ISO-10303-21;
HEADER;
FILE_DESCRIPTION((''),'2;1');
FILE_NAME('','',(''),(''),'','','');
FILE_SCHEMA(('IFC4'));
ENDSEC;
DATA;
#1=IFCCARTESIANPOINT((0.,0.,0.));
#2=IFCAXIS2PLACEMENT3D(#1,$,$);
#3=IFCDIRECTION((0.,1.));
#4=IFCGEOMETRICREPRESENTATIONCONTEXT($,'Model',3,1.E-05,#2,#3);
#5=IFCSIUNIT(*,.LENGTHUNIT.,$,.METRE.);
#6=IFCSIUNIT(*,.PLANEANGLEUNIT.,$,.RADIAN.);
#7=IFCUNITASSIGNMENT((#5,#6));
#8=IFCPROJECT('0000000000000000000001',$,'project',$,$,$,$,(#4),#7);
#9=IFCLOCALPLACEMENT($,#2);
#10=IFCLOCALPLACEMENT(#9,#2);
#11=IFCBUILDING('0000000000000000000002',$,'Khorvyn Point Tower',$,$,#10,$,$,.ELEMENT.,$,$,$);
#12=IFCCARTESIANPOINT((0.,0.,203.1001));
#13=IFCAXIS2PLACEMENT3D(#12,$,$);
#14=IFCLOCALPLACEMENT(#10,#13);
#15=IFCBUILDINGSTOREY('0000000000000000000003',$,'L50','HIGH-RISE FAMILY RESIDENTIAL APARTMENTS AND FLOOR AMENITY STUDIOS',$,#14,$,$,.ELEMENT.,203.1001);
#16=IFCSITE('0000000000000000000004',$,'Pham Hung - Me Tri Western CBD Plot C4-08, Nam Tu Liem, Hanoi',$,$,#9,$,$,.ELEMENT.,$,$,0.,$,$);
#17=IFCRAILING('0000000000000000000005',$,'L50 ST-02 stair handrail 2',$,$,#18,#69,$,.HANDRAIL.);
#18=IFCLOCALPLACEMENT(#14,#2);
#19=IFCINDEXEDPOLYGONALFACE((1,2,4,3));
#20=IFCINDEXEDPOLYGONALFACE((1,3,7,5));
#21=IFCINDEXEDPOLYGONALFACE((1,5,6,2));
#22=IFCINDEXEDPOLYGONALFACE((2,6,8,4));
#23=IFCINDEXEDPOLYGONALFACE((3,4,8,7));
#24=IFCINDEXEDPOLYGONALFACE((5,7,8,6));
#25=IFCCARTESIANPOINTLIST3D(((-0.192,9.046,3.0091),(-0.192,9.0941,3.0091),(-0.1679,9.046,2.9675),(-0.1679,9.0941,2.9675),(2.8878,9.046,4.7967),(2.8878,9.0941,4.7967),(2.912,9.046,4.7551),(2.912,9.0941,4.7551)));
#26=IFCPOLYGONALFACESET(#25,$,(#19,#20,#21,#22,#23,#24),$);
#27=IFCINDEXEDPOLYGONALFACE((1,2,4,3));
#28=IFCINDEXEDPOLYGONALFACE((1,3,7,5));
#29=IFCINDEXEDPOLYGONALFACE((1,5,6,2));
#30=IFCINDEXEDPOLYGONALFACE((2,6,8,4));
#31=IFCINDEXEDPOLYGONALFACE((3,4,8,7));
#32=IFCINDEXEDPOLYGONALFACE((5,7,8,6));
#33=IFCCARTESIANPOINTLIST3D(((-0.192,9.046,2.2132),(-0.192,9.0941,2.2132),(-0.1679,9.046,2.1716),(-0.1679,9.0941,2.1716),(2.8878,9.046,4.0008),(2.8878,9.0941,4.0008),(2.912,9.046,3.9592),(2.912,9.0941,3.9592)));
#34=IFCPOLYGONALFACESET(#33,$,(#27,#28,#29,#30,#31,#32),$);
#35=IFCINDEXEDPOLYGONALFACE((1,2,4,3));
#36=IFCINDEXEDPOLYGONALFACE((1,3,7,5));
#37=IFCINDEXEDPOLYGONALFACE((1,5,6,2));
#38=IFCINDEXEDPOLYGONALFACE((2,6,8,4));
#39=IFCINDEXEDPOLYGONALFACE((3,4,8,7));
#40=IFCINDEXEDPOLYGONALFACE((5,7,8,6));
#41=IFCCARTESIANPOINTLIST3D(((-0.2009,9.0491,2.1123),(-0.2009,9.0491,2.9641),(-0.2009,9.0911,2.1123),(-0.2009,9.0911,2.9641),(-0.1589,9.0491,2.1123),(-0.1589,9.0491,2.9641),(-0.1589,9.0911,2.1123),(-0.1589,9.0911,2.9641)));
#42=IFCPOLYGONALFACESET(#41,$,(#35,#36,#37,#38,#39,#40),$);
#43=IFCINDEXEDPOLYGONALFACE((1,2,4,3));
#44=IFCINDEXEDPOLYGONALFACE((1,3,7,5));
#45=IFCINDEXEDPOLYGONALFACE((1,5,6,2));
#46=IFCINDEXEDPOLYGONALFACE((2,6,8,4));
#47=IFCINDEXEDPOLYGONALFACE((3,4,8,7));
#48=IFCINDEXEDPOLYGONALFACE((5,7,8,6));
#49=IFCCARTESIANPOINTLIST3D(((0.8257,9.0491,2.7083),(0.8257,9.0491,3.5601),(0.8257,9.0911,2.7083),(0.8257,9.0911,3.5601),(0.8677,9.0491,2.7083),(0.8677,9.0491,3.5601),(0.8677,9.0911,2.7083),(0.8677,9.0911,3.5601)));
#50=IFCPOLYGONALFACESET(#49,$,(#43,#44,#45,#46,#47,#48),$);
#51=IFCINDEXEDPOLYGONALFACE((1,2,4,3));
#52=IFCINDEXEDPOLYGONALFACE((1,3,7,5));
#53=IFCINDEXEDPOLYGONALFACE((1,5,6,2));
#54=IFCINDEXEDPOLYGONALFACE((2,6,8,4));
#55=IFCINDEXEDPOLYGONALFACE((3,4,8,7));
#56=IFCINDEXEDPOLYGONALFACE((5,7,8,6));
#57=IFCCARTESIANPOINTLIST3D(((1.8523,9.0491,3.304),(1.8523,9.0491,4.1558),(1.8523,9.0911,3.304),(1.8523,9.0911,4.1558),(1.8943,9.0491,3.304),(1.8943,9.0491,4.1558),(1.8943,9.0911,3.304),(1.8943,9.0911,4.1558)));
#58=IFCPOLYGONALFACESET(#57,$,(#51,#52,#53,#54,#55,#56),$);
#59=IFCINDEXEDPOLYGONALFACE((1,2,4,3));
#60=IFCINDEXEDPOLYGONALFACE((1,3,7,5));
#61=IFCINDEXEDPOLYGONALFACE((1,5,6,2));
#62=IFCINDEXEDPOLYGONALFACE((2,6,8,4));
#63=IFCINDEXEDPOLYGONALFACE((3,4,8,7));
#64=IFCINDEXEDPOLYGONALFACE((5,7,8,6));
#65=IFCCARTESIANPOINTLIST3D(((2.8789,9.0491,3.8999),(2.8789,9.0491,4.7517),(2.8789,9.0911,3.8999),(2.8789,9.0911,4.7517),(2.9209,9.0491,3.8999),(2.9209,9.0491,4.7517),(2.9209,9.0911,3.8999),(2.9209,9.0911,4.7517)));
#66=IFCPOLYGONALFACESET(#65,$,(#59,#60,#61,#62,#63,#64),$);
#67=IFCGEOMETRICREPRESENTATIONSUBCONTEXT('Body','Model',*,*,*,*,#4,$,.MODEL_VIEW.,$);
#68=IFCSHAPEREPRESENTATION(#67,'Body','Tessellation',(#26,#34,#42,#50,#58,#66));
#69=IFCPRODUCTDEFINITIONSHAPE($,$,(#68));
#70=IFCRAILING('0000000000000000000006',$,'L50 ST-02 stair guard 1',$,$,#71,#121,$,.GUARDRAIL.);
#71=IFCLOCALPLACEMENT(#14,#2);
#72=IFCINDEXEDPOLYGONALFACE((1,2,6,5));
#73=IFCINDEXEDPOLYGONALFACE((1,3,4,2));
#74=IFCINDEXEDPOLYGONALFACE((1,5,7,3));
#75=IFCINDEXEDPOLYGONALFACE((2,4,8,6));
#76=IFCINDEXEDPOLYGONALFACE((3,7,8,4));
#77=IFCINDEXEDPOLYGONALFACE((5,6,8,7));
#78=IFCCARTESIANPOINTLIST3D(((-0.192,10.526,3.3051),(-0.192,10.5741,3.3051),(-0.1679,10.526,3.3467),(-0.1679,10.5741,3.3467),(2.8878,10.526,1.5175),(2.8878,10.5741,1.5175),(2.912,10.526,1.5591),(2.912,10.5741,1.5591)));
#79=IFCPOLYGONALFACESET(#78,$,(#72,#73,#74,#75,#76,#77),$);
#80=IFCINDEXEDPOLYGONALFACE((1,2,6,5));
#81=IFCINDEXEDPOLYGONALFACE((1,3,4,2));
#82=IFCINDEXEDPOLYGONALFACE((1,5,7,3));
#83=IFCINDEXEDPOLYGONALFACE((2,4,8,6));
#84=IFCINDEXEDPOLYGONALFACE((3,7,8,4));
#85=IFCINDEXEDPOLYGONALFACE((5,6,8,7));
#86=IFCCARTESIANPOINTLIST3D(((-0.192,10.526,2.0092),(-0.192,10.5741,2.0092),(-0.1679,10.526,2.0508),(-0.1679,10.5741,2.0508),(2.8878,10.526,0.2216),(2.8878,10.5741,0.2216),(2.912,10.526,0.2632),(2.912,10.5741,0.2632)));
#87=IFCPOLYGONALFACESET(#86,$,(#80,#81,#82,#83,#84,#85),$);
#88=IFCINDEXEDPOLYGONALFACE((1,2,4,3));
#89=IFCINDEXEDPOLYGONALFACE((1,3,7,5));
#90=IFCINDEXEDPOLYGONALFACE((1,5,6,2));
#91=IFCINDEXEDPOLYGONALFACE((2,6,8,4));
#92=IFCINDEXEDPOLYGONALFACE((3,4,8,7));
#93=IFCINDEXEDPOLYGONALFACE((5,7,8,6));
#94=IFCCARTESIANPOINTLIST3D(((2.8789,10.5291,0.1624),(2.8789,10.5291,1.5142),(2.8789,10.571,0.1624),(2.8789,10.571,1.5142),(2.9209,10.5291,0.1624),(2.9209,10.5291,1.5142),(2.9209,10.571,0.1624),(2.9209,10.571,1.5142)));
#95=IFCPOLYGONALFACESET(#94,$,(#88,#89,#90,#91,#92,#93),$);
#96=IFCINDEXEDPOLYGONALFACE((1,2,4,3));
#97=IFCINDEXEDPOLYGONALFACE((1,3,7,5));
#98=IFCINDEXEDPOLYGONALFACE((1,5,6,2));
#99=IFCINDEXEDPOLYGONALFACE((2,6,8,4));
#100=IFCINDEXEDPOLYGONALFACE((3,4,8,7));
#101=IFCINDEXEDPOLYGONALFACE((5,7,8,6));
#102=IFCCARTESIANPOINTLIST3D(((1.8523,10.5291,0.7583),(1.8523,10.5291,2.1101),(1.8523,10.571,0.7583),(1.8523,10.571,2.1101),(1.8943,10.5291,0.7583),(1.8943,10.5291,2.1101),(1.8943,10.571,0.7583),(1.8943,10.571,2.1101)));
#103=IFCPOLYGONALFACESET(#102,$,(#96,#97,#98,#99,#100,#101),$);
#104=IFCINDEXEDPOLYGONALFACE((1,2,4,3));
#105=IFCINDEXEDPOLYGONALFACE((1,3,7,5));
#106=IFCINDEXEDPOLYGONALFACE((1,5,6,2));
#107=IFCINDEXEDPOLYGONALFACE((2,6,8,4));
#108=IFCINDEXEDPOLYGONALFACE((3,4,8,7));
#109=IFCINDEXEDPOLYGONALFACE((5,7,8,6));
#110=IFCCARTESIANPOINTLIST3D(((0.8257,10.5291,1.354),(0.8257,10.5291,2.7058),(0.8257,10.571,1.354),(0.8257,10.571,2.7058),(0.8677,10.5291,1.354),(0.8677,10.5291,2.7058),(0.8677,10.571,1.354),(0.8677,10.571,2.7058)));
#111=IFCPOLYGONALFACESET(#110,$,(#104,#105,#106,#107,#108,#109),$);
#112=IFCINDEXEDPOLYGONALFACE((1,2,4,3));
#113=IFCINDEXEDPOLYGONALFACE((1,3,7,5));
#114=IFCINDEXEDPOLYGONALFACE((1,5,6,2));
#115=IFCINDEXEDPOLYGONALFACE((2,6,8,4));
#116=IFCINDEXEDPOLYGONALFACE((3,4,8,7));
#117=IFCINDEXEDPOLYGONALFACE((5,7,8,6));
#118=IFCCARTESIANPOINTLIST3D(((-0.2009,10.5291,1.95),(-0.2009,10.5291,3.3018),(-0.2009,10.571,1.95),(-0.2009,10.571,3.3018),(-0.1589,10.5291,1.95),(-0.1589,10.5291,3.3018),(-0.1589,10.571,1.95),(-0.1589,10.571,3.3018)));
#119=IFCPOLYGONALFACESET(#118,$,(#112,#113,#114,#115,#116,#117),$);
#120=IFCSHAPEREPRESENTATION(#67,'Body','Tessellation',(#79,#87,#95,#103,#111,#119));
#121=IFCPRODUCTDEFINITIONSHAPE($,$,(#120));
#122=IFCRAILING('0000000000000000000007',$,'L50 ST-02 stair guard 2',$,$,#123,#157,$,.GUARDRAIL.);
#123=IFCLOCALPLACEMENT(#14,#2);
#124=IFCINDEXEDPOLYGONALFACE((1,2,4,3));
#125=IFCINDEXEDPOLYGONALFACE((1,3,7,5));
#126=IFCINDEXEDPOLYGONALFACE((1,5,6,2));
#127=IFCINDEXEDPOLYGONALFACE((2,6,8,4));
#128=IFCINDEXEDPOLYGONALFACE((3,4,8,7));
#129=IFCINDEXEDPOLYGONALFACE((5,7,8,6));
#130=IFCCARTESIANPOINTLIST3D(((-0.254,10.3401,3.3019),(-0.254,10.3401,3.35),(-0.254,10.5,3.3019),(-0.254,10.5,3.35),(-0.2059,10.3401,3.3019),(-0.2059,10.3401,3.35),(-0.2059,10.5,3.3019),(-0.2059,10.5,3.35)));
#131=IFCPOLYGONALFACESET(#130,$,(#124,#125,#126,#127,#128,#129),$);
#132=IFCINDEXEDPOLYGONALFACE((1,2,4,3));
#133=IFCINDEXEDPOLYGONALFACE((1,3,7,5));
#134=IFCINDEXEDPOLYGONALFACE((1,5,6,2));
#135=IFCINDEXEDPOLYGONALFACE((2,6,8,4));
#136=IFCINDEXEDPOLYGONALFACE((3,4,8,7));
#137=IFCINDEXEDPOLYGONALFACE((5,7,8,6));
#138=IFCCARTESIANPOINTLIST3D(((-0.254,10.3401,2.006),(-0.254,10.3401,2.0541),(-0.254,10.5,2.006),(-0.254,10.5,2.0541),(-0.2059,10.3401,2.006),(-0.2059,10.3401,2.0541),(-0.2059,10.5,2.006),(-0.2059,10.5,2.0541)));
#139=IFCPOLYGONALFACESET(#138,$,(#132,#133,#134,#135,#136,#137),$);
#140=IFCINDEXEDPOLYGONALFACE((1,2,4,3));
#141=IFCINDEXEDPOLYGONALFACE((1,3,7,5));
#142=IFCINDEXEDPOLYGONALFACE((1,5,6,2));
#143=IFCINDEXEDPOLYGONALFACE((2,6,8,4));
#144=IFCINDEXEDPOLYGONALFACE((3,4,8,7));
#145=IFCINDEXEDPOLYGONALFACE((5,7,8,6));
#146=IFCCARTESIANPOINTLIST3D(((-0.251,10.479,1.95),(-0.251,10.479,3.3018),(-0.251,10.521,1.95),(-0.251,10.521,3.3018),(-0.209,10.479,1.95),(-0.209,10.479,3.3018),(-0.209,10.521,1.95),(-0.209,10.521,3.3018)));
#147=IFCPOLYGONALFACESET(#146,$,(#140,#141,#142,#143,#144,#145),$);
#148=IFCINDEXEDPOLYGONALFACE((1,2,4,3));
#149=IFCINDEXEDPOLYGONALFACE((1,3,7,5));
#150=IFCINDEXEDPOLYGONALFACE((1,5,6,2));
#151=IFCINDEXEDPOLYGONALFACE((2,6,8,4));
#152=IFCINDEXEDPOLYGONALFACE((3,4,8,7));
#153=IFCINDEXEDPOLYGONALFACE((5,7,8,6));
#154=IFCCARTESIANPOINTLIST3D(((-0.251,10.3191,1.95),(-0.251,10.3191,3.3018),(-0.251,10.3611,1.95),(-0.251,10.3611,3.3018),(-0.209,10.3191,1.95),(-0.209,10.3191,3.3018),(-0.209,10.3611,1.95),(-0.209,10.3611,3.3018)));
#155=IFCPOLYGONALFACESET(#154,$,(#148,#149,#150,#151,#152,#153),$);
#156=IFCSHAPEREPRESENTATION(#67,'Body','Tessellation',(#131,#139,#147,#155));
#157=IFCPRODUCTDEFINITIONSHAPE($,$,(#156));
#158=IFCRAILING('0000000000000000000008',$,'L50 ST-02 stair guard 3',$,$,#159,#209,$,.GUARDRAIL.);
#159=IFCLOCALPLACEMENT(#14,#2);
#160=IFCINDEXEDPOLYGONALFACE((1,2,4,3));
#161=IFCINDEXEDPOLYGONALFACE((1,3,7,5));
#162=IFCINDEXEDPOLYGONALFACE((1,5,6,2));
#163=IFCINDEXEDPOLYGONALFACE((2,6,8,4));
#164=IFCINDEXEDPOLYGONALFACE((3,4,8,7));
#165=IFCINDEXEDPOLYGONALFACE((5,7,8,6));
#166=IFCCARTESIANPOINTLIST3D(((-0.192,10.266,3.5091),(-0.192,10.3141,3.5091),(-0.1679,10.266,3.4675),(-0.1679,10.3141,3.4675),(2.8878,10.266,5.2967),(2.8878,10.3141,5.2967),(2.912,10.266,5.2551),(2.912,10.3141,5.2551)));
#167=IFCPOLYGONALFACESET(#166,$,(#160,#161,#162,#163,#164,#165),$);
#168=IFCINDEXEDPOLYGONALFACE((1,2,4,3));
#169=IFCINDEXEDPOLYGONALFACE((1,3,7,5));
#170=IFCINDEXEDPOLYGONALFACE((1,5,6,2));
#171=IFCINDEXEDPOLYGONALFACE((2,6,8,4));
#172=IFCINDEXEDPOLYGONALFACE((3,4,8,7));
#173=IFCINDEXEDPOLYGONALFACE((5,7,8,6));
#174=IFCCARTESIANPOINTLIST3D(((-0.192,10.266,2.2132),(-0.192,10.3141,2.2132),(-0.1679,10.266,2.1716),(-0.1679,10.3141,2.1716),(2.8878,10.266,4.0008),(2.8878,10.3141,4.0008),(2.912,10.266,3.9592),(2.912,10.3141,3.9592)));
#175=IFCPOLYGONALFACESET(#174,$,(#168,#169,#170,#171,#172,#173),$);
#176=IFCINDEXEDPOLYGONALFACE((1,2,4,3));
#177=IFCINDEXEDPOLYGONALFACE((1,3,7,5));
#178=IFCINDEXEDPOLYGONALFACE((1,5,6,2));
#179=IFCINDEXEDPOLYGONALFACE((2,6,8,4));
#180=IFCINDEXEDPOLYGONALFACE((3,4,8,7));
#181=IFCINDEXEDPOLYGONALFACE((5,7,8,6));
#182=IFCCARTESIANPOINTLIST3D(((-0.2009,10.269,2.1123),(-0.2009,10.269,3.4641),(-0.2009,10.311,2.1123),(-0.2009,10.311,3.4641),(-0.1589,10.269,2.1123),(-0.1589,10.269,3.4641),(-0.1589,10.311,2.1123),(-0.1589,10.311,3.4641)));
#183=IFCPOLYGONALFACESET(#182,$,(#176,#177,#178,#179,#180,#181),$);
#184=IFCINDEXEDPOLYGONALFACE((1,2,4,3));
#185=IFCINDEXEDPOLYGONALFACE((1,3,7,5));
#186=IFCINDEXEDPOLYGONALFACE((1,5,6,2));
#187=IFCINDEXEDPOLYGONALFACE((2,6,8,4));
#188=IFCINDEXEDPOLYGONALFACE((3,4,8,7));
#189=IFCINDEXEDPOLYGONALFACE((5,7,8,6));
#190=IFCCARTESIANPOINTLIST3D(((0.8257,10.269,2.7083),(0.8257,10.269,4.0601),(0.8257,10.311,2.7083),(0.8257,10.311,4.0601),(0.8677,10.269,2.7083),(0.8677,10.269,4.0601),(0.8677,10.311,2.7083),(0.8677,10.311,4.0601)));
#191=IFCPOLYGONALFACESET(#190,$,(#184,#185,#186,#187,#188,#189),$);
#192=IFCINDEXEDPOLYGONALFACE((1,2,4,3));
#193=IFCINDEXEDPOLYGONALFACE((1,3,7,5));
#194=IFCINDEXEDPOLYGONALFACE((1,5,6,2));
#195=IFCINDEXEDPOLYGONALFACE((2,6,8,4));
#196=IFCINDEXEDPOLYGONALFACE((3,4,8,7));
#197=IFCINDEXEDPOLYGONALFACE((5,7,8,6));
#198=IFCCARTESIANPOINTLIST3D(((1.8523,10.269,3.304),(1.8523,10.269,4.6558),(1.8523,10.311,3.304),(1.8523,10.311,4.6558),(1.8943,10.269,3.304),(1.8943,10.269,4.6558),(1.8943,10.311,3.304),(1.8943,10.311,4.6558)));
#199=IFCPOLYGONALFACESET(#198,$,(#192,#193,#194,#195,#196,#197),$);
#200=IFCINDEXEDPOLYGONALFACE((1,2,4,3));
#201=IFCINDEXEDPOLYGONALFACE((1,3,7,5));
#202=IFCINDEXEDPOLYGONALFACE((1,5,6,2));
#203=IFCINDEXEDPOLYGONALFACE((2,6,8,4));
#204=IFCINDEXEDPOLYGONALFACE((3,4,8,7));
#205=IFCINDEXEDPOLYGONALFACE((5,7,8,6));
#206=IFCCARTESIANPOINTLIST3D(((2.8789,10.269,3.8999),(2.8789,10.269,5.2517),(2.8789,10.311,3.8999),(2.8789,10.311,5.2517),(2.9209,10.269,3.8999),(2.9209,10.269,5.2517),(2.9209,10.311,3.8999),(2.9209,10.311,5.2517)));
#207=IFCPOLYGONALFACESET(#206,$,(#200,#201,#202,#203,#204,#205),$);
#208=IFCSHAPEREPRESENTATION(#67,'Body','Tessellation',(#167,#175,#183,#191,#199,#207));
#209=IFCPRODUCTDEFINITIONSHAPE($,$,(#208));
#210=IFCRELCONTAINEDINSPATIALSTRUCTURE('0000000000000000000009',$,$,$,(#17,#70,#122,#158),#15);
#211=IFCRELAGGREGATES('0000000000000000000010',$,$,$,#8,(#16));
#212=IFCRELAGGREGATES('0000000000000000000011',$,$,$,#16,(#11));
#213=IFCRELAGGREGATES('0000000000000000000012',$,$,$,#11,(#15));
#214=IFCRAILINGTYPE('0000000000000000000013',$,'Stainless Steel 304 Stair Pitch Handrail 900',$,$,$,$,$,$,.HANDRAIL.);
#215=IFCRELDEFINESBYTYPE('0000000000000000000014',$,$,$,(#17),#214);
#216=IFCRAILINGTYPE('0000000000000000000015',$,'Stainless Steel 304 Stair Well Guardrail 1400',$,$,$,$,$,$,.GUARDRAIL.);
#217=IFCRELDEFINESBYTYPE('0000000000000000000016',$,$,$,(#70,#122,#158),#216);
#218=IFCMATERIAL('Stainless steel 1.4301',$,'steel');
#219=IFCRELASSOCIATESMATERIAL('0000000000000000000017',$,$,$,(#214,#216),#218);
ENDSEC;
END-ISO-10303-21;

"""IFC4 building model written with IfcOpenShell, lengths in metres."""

from ifc_helpers import new_model, si_unit, direction, frame, origin, origin_2d, place, context, subcontext, project, spatial, rectangle, extrude, material, type_object, element, save


model = new_model("IFC4")

# Units and contexts
model_context = context("Model", 3, precision=1e-05, world=origin(), true_north=direction((0.0, 1.0)))
body_context = subcontext(model_context, "Body", "Model", "MODEL_VIEW")
ifc_project = project(units=[si_unit("LENGTHUNIT", "METRE"), si_unit("PLANEANGLEUNIT", "RADIAN")], contexts=[model_context])

# Site, building, storey
site_placement = place(None, origin())
site = spatial("IfcSite", under=ifc_project, at=site_placement, Name="Pham Hung - Me Tri Western CBD Plot C4-08, Nam Tu Liem, Hanoi", CompositionType="ELEMENT", RefElevation=0.0)
building_placement = place(site_placement, origin())
building = spatial("IfcBuilding", under=site, at=building_placement, Name="Khorvyn Point Tower", CompositionType="ELEMENT")
storey_placement = place(building_placement, frame((0.0, 0.0, 203.1001)))
storey = spatial("IfcBuildingStorey", under=building, at=storey_placement, Name="L50", Description="HIGH-RISE FAMILY RESIDENTIAL APARTMENTS AND FLOOR AMENITY STUDIOS", CompositionType="ELEMENT", Elevation=203.1001)

# Railings
ifc_material_1 = material(Name="Stainless steel 1.4301", Category="steel")
railing_type_1 = type_object("IfcRailingType", Name="Stainless Steel 304 Stair Pitch Handrail 900", PredefinedType="HANDRAIL", material=ifc_material_1)
railing_1_placement = place(storey_placement, frame((-0.1799, 9.0701, 2.1123)))
element("IfcRailing", 1, at=railing_1_placement, inside=storey, type_object=railing_type_1, Name="L50 ST-02 stair handrail 2", PredefinedType="HANDRAIL", context=body_context, shape_type="SweptSolid", body=[
    extrude(rectangle(XDim=0.0481, YDim=0.0481, at=origin_2d()), frame((0.0, 0.0, 0.876), z_axis=(0.864873, 0.0, 0.50199), x_axis=(0.0, 1.0, 0.0)), (0.0, 0.0, 1.0), 3.561),
    extrude(rectangle(XDim=0.0481, YDim=0.0481, at=origin_2d()), frame((0.0, 0.0, 0.0801), z_axis=(0.864873, 0.0, 0.50199), x_axis=(0.0, 1.0, 0.0)), (0.0, 0.0, 1.0), 3.561),
    extrude(rectangle(XDim=0.042, YDim=0.042, at=origin_2d()), origin(), (0.0, 0.0, 1.0), 0.8518),
    extrude(rectangle(XDim=0.042, YDim=0.042, at=origin_2d()), frame((1.0266, 0.0, 0.5959)), (0.0, 0.0, 1.0), 0.8518),
    extrude(rectangle(XDim=0.042, YDim=0.042, at=origin_2d()), frame((2.0532, 0.0, 1.1917)), (0.0, 0.0, 1.0), 0.8518),
    extrude(rectangle(XDim=0.042, YDim=0.042, at=origin_2d()), frame((3.0798, 0.0, 1.7876)), (0.0, 0.0, 1.0), 0.8518),
])
railing_type_2 = type_object("IfcRailingType", Name="Stainless Steel 304 Stair Well Guardrail 1400", PredefinedType="GUARDRAIL", material=ifc_material_1)
railing_2_placement = place(storey_placement, frame((2.8999, 10.55, 0.1624)))
element("IfcRailing", 2, at=railing_2_placement, inside=storey, type_object=railing_type_2, Name="L50 ST-02 stair guard 1", PredefinedType="GUARDRAIL", context=body_context, shape_type="SweptSolid", body=[
    extrude(rectangle(XDim=0.0481, YDim=0.0481, at=origin_2d()), frame((0.0, 0.0, 1.376), z_axis=(-0.864873, 0.0, 0.50199), x_axis=(0.0, -1.0, 0.0)), (0.0, 0.0, 1.0), 3.561),
    extrude(rectangle(XDim=0.0481, YDim=0.0481, at=origin_2d()), frame((0.0, 0.0, 0.0801), z_axis=(-0.864873, 0.0, 0.50199), x_axis=(0.0, -1.0, 0.0)), (0.0, 0.0, 1.0), 3.561),
    extrude(rectangle(XDim=0.042, YDim=0.042, at=origin_2d()), origin(), (0.0, 0.0, 1.0), 1.3518),
    extrude(rectangle(XDim=0.042, YDim=0.042, at=origin_2d()), frame((-1.0266, 0.0, 0.5959)), (0.0, 0.0, 1.0), 1.3518),
    extrude(rectangle(XDim=0.042, YDim=0.042, at=origin_2d()), frame((-2.0532, 0.0, 1.1917)), (0.0, 0.0, 1.0), 1.3518),
    extrude(rectangle(XDim=0.042, YDim=0.042, at=origin_2d()), frame((-3.0798, 0.0, 1.7876)), (0.0, 0.0, 1.0), 1.3518),
])
railing_3_placement = place(storey_placement, frame((-0.23, 10.5, 1.95)))
element("IfcRailing", 3, at=railing_3_placement, inside=storey, type_object=railing_type_2, Name="L50 ST-02 stair guard 2", PredefinedType="GUARDRAIL", context=body_context, shape_type="SweptSolid", body=[
    extrude(rectangle(XDim=0.0481, YDim=0.0481, at=origin_2d()), frame((0.0, 0.0, 1.376), z_axis=(0.0, -1.0, 0.0), x_axis=(1.0, 0.0, 0.0)), (0.0, 0.0, 1.0), 0.1599),
    extrude(rectangle(XDim=0.0481, YDim=0.0481, at=origin_2d()), frame((0.0, 0.0, 0.0801), z_axis=(0.0, -1.0, 0.0), x_axis=(1.0, 0.0, 0.0)), (0.0, 0.0, 1.0), 0.1599),
    extrude(rectangle(XDim=0.042, YDim=0.042, at=origin_2d()), origin(), (0.0, 0.0, 1.0), 1.3518),
    extrude(rectangle(XDim=0.042, YDim=0.042, at=origin_2d()), frame((0.0, -0.1599, 0.0)), (0.0, 0.0, 1.0), 1.3518),
])
railing_4_placement = place(storey_placement, frame((-0.1799, 10.29, 2.1123)))
element("IfcRailing", 4, at=railing_4_placement, inside=storey, type_object=railing_type_2, Name="L50 ST-02 stair guard 3", PredefinedType="GUARDRAIL", context=body_context, shape_type="SweptSolid", body=[
    extrude(rectangle(XDim=0.0481, YDim=0.0481, at=origin_2d()), frame((0.0, 0.0, 1.376), z_axis=(0.864873, 0.0, 0.50199), x_axis=(0.0, 1.0, 0.0)), (0.0, 0.0, 1.0), 3.561),
    extrude(rectangle(XDim=0.0481, YDim=0.0481, at=origin_2d()), frame((0.0, 0.0, 0.0801), z_axis=(0.864873, 0.0, 0.50199), x_axis=(0.0, 1.0, 0.0)), (0.0, 0.0, 1.0), 3.561),
    extrude(rectangle(XDim=0.042, YDim=0.042, at=origin_2d()), origin(), (0.0, 0.0, 1.0), 1.3518),
    extrude(rectangle(XDim=0.042, YDim=0.042, at=origin_2d()), frame((1.0266, 0.0, 0.5959)), (0.0, 0.0, 1.0), 1.3518),
    extrude(rectangle(XDim=0.042, YDim=0.042, at=origin_2d()), frame((2.0532, 0.0, 1.1917)), (0.0, 0.0, 1.0), 1.3518),
    extrude(rectangle(XDim=0.042, YDim=0.042, at=origin_2d()), frame((3.0798, 0.0, 1.7876)), (0.0, 0.0, 1.0), 1.3518),
])

save(model, "model.ifc")
